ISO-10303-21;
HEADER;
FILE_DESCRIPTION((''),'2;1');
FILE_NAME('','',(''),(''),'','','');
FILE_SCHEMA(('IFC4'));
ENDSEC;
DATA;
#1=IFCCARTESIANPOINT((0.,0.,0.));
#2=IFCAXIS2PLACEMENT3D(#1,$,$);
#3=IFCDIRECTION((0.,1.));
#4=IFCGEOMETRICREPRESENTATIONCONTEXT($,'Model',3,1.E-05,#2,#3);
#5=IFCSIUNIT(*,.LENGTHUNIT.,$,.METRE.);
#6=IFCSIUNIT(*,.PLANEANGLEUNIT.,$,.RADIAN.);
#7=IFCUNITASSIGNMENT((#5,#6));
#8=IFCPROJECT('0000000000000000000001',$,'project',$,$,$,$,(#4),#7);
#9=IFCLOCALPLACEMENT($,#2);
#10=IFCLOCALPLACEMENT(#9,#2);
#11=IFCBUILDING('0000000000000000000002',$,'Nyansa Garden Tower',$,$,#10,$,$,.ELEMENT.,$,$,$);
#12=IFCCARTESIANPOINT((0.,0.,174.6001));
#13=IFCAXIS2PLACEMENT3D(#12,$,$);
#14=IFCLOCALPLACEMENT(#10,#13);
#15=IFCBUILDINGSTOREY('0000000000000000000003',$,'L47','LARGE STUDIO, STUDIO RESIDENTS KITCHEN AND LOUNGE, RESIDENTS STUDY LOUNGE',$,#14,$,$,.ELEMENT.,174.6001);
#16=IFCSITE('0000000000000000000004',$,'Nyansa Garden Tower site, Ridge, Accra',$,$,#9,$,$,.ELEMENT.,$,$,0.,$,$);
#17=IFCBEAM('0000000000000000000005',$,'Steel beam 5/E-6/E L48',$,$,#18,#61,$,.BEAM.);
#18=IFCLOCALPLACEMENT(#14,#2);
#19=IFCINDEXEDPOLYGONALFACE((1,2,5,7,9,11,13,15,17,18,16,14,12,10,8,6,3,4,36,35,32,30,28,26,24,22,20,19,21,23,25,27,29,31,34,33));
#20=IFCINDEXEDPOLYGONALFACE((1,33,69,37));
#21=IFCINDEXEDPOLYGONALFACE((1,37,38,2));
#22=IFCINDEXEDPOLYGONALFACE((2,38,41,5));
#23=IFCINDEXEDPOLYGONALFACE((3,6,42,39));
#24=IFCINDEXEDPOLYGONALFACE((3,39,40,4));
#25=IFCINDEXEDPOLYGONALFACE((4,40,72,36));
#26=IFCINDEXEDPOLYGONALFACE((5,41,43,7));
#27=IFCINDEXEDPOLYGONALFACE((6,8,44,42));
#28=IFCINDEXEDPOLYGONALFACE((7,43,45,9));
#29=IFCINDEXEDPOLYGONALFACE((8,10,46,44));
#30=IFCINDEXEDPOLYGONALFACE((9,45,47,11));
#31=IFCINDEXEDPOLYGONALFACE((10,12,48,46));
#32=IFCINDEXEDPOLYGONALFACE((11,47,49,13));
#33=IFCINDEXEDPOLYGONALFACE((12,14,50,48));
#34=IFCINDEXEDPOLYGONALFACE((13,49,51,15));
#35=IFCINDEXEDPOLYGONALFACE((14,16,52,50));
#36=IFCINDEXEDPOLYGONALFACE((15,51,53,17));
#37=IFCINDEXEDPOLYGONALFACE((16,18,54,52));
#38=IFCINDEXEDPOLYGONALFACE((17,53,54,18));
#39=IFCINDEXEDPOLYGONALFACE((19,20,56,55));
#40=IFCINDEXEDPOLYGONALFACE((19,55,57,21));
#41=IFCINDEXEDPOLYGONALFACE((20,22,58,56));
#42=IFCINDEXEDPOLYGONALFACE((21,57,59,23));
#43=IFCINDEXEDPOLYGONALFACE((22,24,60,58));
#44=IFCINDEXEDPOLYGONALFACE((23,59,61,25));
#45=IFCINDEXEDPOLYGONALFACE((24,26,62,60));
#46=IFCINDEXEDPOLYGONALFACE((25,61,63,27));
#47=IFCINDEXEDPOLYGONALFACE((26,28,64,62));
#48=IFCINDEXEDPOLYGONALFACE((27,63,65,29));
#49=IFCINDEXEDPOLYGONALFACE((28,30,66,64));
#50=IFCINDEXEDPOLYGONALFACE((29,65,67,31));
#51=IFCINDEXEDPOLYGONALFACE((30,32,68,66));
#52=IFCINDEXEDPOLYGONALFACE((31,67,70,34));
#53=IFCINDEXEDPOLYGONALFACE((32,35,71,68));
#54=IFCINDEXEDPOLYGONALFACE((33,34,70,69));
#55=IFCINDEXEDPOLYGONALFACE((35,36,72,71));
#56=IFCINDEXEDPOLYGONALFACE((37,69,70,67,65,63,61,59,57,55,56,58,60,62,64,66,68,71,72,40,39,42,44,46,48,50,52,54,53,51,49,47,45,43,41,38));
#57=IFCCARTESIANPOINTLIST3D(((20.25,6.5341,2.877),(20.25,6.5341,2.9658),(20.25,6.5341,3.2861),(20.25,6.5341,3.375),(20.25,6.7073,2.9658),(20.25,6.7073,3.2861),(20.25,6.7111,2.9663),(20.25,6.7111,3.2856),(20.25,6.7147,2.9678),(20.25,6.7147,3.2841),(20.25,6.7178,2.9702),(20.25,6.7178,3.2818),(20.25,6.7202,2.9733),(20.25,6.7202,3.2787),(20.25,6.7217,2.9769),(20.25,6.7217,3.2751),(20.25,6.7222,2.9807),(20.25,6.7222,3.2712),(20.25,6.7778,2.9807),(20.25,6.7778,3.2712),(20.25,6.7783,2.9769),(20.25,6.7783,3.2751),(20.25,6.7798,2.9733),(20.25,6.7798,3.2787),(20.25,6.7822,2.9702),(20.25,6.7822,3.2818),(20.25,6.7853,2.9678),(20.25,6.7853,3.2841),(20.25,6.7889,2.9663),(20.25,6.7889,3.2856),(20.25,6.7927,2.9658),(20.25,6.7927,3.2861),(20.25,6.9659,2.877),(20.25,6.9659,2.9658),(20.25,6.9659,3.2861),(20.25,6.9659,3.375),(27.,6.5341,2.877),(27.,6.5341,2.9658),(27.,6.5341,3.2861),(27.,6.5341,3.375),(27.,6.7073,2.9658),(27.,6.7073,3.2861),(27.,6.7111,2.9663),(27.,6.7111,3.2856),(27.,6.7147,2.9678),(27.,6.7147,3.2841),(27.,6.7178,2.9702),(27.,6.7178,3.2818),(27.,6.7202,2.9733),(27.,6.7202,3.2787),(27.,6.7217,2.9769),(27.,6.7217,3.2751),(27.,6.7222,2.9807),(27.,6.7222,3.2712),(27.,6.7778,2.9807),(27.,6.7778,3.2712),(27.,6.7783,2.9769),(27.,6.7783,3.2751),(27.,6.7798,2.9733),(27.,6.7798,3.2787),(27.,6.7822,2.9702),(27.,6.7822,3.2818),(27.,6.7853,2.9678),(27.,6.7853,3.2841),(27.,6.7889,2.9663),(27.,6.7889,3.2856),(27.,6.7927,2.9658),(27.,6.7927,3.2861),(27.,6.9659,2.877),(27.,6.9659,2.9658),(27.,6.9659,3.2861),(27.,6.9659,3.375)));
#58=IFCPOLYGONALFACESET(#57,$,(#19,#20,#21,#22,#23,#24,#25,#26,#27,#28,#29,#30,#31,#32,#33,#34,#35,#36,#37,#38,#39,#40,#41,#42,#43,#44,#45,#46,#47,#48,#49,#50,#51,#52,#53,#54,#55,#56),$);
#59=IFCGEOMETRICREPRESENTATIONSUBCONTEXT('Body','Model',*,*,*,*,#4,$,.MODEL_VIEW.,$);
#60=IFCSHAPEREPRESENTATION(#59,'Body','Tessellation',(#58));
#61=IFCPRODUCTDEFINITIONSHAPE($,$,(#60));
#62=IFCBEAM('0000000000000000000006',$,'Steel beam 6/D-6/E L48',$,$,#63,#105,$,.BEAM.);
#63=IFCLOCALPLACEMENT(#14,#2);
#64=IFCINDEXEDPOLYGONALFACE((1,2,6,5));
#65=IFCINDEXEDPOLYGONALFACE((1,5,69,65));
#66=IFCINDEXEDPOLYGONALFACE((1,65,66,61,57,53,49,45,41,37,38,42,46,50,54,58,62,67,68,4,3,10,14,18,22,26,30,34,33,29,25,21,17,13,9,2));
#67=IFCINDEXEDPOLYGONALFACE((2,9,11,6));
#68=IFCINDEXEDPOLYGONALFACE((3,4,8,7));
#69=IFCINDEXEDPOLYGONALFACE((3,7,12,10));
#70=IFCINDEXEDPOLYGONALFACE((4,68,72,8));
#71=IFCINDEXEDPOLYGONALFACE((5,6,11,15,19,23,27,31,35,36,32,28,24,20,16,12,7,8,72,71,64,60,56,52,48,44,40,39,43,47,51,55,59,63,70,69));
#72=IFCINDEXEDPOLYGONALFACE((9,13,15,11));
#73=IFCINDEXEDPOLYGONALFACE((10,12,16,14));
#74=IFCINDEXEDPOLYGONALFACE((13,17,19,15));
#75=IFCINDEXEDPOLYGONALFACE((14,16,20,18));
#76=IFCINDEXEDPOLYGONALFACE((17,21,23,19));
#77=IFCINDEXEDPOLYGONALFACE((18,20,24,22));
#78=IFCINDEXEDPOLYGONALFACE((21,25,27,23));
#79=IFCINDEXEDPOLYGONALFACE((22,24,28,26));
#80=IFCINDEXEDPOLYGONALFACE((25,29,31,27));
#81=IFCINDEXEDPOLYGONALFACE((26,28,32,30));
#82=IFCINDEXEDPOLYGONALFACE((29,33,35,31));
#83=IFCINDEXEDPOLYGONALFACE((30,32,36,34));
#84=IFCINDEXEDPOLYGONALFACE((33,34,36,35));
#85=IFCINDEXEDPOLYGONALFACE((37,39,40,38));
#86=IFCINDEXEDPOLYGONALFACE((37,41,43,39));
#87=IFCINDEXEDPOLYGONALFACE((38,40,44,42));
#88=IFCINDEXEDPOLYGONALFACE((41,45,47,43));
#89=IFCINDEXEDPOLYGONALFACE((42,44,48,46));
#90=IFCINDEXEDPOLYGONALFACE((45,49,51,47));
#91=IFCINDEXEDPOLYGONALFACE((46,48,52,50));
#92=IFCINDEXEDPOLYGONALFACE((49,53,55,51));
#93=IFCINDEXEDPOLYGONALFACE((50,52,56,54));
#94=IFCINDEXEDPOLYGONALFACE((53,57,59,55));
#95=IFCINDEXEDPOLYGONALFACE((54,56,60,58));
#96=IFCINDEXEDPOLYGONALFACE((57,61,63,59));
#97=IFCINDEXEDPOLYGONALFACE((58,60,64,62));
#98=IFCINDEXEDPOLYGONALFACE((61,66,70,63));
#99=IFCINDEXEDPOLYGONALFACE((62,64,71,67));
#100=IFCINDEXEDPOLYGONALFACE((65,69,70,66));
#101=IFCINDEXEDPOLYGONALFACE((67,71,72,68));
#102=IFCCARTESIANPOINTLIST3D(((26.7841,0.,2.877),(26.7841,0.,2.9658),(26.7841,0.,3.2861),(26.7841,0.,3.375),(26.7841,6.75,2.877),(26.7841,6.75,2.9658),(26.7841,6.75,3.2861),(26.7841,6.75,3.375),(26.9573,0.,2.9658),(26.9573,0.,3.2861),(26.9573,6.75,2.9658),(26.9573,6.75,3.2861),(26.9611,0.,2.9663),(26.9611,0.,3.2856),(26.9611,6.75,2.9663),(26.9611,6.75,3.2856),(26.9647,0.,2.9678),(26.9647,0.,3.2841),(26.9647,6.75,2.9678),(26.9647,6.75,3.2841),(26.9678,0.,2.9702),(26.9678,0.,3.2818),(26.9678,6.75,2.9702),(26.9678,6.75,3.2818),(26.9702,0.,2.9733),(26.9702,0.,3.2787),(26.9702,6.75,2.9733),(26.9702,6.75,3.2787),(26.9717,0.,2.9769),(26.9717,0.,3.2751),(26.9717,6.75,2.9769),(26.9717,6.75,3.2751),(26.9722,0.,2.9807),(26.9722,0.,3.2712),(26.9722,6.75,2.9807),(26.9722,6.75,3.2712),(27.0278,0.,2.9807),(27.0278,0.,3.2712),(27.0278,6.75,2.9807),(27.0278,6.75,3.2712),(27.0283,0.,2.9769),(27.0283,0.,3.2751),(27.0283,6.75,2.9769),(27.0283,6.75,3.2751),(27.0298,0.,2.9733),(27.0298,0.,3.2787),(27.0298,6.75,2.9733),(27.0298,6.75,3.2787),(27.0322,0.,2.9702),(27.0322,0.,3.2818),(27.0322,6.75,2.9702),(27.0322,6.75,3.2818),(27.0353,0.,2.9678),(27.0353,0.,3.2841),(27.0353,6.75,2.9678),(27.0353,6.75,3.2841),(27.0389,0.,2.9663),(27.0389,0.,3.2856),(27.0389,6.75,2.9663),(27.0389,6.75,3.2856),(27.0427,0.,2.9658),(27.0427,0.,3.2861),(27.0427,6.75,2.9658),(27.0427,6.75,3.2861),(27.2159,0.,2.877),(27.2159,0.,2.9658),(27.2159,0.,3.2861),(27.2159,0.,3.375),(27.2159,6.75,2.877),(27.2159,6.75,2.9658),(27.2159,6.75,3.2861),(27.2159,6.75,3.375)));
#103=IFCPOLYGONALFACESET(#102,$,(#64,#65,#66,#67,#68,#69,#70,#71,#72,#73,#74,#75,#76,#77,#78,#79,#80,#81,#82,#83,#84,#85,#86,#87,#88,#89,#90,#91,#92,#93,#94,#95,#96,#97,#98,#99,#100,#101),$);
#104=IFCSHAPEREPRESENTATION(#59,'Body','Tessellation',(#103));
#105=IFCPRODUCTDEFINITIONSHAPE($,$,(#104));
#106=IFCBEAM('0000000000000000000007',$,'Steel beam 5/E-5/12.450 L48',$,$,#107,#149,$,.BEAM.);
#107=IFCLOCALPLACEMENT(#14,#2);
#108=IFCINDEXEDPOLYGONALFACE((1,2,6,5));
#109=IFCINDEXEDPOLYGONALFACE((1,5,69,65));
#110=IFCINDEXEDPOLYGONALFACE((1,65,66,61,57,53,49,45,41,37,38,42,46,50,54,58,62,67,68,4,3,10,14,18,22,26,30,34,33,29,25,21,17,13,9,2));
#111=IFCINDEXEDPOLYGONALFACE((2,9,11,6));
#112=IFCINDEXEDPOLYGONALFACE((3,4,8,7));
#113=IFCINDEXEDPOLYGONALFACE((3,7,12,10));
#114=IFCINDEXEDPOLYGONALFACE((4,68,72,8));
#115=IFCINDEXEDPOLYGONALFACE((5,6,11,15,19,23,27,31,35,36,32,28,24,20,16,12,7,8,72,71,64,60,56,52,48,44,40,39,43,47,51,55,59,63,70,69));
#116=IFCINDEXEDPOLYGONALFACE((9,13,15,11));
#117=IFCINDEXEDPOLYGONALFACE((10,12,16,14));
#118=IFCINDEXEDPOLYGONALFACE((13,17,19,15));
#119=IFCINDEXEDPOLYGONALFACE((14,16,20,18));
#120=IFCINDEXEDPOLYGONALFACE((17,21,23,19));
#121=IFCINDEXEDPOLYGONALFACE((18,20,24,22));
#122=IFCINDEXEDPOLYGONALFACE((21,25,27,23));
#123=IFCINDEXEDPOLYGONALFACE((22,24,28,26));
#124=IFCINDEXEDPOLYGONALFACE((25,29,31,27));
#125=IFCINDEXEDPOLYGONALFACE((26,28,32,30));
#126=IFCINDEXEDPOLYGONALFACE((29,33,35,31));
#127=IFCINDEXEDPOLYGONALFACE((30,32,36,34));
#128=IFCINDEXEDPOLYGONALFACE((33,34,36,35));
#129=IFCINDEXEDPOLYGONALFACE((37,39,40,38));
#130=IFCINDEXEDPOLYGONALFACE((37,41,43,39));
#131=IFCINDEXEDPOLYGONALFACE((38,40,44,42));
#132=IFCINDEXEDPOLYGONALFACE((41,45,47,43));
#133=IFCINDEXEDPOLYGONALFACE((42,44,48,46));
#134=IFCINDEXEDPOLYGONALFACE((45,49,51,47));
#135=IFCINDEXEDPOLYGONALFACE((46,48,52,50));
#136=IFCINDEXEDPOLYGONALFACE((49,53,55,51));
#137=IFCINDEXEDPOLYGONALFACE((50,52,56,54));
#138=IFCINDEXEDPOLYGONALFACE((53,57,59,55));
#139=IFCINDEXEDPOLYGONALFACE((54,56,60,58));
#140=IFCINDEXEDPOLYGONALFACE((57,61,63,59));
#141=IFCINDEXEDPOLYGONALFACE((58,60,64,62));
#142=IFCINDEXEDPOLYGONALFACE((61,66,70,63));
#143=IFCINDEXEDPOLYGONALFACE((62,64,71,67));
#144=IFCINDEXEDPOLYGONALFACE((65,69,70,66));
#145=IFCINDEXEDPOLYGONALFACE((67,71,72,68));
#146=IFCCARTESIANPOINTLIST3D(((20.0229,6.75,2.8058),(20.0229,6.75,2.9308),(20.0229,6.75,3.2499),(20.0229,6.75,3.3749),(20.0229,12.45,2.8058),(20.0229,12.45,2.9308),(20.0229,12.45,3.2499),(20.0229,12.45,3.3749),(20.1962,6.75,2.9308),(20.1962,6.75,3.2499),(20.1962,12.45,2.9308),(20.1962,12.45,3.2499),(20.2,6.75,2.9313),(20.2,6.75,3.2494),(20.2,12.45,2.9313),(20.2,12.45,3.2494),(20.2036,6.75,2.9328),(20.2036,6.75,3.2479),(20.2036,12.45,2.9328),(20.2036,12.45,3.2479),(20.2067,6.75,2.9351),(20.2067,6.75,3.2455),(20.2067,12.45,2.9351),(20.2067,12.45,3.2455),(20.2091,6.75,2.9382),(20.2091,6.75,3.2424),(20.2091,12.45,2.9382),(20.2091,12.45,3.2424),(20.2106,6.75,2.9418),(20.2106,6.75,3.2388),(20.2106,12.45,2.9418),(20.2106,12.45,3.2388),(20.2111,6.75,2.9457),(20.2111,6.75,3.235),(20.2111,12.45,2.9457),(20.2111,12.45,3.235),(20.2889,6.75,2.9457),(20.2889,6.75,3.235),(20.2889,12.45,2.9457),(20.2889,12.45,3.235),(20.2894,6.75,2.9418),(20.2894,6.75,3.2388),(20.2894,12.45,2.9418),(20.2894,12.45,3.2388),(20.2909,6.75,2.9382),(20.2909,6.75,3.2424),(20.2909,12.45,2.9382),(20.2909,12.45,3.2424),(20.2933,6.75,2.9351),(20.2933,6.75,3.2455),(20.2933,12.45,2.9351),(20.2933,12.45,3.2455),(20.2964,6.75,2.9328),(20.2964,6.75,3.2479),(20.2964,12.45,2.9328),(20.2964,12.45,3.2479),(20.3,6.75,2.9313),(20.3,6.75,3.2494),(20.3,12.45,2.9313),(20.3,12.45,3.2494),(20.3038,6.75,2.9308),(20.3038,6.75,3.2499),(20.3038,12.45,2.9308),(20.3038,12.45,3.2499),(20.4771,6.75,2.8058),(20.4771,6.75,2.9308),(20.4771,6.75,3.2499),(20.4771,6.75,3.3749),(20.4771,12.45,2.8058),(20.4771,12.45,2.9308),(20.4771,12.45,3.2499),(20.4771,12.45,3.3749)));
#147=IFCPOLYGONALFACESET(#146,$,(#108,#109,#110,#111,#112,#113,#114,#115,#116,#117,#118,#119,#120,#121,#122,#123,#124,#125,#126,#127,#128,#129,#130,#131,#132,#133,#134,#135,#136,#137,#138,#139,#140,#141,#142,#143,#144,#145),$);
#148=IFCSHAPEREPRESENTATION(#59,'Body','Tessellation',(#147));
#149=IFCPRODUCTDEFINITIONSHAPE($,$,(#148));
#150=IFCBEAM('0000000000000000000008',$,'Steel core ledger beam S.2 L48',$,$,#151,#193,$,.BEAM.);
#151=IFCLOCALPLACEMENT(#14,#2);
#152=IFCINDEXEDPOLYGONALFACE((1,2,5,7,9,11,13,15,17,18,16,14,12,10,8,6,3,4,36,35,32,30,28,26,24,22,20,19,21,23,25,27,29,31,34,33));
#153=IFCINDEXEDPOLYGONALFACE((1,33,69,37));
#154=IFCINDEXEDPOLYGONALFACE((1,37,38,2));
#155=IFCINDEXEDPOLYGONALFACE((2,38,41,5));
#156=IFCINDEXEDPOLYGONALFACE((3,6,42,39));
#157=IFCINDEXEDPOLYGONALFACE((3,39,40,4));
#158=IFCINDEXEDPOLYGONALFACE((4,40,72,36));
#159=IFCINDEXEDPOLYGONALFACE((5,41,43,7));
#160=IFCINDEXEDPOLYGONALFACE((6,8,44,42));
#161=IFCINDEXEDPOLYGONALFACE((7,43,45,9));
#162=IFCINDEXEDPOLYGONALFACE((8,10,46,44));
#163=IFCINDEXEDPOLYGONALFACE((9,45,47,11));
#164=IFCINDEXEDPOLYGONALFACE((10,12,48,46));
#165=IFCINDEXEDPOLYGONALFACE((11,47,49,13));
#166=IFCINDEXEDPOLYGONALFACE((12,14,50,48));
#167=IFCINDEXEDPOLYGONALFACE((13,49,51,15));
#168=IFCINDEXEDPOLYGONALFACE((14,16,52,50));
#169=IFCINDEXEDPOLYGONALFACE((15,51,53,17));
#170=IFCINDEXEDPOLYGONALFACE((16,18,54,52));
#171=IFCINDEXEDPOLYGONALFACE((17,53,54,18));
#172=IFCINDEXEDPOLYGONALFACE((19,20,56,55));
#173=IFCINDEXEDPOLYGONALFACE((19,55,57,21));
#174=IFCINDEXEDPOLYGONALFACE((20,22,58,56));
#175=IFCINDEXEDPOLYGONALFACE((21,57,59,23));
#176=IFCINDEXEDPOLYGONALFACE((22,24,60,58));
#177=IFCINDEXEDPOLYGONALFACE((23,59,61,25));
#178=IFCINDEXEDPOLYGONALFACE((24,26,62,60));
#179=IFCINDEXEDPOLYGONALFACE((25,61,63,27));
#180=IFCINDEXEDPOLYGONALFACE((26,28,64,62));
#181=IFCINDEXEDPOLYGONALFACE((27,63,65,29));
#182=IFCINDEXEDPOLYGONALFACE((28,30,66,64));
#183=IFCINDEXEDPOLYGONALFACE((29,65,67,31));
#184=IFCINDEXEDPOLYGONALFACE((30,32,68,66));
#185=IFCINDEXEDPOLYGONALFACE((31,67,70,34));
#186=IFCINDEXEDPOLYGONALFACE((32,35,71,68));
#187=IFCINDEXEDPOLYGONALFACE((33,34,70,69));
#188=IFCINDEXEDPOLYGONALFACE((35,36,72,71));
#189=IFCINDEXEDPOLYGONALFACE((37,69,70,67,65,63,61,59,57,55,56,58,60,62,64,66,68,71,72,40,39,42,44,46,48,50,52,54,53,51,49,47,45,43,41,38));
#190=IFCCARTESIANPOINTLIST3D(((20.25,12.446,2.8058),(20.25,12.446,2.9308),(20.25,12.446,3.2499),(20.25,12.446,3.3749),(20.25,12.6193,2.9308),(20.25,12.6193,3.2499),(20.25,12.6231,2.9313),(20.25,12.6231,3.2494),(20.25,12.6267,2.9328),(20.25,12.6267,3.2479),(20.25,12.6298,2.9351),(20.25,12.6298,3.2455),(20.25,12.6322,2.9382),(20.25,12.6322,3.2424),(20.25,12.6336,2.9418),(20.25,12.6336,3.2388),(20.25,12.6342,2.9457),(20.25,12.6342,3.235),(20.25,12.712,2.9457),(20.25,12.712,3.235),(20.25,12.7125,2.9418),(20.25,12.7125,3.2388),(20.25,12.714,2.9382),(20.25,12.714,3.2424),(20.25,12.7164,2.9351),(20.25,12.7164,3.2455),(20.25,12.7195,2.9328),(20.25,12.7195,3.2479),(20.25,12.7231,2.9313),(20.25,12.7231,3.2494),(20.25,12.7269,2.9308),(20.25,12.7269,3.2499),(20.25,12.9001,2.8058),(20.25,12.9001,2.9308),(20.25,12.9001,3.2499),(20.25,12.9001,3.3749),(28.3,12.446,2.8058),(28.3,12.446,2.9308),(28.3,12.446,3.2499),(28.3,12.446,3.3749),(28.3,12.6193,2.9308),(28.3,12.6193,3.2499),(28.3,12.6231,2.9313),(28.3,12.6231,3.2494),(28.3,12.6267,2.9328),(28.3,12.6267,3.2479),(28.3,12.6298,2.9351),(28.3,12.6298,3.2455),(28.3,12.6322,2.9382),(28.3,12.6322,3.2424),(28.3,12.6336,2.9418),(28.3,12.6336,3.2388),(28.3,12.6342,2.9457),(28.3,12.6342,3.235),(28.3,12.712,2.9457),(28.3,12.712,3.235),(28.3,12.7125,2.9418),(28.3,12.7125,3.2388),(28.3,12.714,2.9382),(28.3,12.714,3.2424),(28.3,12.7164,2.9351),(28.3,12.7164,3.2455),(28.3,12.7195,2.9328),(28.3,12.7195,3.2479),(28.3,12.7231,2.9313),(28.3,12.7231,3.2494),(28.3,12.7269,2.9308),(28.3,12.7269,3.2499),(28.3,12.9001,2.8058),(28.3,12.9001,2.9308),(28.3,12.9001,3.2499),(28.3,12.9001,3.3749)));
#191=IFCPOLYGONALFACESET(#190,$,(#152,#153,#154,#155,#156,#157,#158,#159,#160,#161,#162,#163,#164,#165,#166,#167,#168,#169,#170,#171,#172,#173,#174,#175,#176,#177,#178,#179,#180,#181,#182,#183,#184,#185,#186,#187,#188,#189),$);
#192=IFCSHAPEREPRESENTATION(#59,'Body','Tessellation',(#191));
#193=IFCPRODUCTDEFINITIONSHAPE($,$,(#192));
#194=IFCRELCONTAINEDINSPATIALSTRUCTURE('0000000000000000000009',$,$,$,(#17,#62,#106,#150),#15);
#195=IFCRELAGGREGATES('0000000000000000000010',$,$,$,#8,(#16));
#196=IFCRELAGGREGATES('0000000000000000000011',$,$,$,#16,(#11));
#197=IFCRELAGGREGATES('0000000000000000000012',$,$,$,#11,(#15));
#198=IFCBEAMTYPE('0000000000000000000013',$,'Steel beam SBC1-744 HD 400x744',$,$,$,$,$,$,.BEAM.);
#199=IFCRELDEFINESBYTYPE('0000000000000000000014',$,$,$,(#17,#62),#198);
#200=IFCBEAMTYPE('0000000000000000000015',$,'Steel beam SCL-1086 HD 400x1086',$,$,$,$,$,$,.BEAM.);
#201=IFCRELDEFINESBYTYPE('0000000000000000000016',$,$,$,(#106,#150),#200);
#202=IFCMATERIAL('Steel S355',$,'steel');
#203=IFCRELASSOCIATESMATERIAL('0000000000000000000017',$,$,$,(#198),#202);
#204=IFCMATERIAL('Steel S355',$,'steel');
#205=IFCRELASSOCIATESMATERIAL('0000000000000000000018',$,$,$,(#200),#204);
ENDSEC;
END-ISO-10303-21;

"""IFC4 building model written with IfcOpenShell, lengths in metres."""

from ifc_helpers import new_model, si_unit, direction, frame, origin, origin_2d, place, context, subcontext, project, spatial, i_section, extrude, material, material_profile, profile_set, type_object, element, save


model = new_model("IFC4")

# Units and contexts
model_context = context("Model", 3, precision=1e-05, world=origin(), true_north=direction((0.0, 1.0)))
body_context = subcontext(model_context, "Body", "Model", "MODEL_VIEW")
ifc_project = project(units=[si_unit("LENGTHUNIT", "METRE"), si_unit("PLANEANGLEUNIT", "RADIAN")], contexts=[model_context])

# Site, building, storey
site_placement = place(None, origin())
site = spatial("IfcSite", under=ifc_project, at=site_placement, Name="Nyansa Garden Tower site, Ridge, Accra", CompositionType="ELEMENT", RefElevation=0.0)
building_placement = place(site_placement, origin())
building = spatial("IfcBuilding", under=site, at=building_placement, Name="Nyansa Garden Tower", CompositionType="ELEMENT")
storey_placement = place(building_placement, frame((0.0, 0.0, 174.6001)))
storey = spatial("IfcBuildingStorey", under=building, at=storey_placement, Name="L47", Description="LARGE STUDIO, STUDIO RESIDENTS KITCHEN AND LOUNGE, RESIDENTS STUDY LOUNGE", CompositionType="ELEMENT", Elevation=174.6001)

# Beams
ifc_material_1 = material(Name="Steel S355", Category="steel")
ifc_material_profile_1 = material_profile(ifc_material_1, i_section(OverallWidth=0.4319, OverallDepth=0.498, WebThickness=0.0557, FlangeThickness=0.0889, FilletRadius=0.0149, at=origin_2d()), Name="HD 400x744")
ifc_profile_set_1 = profile_set([ifc_material_profile_1], Name="Steel S355")
beam_type_1 = type_object("IfcBeamType", Name="Steel beam SBC1-744 HD 400x744", PredefinedType="BEAM", material=ifc_profile_set_1)
for number, where, z_axis, x_axis, name in (
    (1, (20.25, 6.75, 3.126), (1.0, 0.0, 0.0), (0.0, 1.0, 0.0), "Steel beam 5/E-6/E L48"),
    (2, (27.0, 0.0, 3.126), (0.0, 1.0, 0.0), (-1.0, 0.0, 0.0), "Steel beam 6/D-6/E L48"),
):
    element("IfcBeam", number, at=place(storey_placement, frame(where, z_axis=z_axis, x_axis=x_axis)), inside=storey, type_object=beam_type_1, Name=name, PredefinedType="BEAM", context=body_context, shape_type="SweptSolid", body=[
        extrude(i_section(OverallWidth=0.4319, OverallDepth=0.498, WebThickness=0.0557, FlangeThickness=0.0889, FilletRadius=0.0149, at=origin_2d()), origin(), (0.0, 0.0, 1.0), 6.75),
    ])
ifc_material_2 = material(Name="Steel S355", Category="steel")
ifc_material_profile_2 = material_profile(ifc_material_2, i_section(OverallWidth=0.4541, OverallDepth=0.5691, WebThickness=0.0779, FlangeThickness=0.125, FilletRadius=0.0149, at=origin_2d()), Name="HD 400x1086")
ifc_profile_set_2 = profile_set([ifc_material_profile_2], Name="Steel S355")
beam_type_2 = type_object("IfcBeamType", Name="Steel beam SCL-1086 HD 400x1086", PredefinedType="BEAM", material=ifc_profile_set_2)
beam_1_placement = place(storey_placement, frame((20.25, 6.75, 3.0903), z_axis=(0.0, 1.0, 0.0), x_axis=(-1.0, 0.0, 0.0)))
element("IfcBeam", 3, at=beam_1_placement, inside=storey, type_object=beam_type_2, Name="Steel beam 5/E-5/12.450 L48", PredefinedType="BEAM", context=body_context, shape_type="SweptSolid", body=[
    extrude(i_section(OverallWidth=0.4541, OverallDepth=0.5691, WebThickness=0.0779, FlangeThickness=0.125, FilletRadius=0.0149, at=origin_2d()), origin(), (0.0, 0.0, 1.0), 5.7),
])
beam_2_placement = place(storey_placement, frame((20.25, 12.6731, 3.0903), z_axis=(1.0, 0.0, 0.0), x_axis=(0.0, 1.0, 0.0)))
element("IfcBeam", 4, at=beam_2_placement, inside=storey, type_object=beam_type_2, Name="Steel core ledger beam S.2 L48", PredefinedType="BEAM", context=body_context, shape_type="SweptSolid", body=[
    extrude(i_section(OverallWidth=0.4541, OverallDepth=0.5691, WebThickness=0.0779, FlangeThickness=0.125, FilletRadius=0.0149, at=origin_2d()), origin(), (0.0, 0.0, 1.0), 8.05),
])

save(model, "model.ifc")
